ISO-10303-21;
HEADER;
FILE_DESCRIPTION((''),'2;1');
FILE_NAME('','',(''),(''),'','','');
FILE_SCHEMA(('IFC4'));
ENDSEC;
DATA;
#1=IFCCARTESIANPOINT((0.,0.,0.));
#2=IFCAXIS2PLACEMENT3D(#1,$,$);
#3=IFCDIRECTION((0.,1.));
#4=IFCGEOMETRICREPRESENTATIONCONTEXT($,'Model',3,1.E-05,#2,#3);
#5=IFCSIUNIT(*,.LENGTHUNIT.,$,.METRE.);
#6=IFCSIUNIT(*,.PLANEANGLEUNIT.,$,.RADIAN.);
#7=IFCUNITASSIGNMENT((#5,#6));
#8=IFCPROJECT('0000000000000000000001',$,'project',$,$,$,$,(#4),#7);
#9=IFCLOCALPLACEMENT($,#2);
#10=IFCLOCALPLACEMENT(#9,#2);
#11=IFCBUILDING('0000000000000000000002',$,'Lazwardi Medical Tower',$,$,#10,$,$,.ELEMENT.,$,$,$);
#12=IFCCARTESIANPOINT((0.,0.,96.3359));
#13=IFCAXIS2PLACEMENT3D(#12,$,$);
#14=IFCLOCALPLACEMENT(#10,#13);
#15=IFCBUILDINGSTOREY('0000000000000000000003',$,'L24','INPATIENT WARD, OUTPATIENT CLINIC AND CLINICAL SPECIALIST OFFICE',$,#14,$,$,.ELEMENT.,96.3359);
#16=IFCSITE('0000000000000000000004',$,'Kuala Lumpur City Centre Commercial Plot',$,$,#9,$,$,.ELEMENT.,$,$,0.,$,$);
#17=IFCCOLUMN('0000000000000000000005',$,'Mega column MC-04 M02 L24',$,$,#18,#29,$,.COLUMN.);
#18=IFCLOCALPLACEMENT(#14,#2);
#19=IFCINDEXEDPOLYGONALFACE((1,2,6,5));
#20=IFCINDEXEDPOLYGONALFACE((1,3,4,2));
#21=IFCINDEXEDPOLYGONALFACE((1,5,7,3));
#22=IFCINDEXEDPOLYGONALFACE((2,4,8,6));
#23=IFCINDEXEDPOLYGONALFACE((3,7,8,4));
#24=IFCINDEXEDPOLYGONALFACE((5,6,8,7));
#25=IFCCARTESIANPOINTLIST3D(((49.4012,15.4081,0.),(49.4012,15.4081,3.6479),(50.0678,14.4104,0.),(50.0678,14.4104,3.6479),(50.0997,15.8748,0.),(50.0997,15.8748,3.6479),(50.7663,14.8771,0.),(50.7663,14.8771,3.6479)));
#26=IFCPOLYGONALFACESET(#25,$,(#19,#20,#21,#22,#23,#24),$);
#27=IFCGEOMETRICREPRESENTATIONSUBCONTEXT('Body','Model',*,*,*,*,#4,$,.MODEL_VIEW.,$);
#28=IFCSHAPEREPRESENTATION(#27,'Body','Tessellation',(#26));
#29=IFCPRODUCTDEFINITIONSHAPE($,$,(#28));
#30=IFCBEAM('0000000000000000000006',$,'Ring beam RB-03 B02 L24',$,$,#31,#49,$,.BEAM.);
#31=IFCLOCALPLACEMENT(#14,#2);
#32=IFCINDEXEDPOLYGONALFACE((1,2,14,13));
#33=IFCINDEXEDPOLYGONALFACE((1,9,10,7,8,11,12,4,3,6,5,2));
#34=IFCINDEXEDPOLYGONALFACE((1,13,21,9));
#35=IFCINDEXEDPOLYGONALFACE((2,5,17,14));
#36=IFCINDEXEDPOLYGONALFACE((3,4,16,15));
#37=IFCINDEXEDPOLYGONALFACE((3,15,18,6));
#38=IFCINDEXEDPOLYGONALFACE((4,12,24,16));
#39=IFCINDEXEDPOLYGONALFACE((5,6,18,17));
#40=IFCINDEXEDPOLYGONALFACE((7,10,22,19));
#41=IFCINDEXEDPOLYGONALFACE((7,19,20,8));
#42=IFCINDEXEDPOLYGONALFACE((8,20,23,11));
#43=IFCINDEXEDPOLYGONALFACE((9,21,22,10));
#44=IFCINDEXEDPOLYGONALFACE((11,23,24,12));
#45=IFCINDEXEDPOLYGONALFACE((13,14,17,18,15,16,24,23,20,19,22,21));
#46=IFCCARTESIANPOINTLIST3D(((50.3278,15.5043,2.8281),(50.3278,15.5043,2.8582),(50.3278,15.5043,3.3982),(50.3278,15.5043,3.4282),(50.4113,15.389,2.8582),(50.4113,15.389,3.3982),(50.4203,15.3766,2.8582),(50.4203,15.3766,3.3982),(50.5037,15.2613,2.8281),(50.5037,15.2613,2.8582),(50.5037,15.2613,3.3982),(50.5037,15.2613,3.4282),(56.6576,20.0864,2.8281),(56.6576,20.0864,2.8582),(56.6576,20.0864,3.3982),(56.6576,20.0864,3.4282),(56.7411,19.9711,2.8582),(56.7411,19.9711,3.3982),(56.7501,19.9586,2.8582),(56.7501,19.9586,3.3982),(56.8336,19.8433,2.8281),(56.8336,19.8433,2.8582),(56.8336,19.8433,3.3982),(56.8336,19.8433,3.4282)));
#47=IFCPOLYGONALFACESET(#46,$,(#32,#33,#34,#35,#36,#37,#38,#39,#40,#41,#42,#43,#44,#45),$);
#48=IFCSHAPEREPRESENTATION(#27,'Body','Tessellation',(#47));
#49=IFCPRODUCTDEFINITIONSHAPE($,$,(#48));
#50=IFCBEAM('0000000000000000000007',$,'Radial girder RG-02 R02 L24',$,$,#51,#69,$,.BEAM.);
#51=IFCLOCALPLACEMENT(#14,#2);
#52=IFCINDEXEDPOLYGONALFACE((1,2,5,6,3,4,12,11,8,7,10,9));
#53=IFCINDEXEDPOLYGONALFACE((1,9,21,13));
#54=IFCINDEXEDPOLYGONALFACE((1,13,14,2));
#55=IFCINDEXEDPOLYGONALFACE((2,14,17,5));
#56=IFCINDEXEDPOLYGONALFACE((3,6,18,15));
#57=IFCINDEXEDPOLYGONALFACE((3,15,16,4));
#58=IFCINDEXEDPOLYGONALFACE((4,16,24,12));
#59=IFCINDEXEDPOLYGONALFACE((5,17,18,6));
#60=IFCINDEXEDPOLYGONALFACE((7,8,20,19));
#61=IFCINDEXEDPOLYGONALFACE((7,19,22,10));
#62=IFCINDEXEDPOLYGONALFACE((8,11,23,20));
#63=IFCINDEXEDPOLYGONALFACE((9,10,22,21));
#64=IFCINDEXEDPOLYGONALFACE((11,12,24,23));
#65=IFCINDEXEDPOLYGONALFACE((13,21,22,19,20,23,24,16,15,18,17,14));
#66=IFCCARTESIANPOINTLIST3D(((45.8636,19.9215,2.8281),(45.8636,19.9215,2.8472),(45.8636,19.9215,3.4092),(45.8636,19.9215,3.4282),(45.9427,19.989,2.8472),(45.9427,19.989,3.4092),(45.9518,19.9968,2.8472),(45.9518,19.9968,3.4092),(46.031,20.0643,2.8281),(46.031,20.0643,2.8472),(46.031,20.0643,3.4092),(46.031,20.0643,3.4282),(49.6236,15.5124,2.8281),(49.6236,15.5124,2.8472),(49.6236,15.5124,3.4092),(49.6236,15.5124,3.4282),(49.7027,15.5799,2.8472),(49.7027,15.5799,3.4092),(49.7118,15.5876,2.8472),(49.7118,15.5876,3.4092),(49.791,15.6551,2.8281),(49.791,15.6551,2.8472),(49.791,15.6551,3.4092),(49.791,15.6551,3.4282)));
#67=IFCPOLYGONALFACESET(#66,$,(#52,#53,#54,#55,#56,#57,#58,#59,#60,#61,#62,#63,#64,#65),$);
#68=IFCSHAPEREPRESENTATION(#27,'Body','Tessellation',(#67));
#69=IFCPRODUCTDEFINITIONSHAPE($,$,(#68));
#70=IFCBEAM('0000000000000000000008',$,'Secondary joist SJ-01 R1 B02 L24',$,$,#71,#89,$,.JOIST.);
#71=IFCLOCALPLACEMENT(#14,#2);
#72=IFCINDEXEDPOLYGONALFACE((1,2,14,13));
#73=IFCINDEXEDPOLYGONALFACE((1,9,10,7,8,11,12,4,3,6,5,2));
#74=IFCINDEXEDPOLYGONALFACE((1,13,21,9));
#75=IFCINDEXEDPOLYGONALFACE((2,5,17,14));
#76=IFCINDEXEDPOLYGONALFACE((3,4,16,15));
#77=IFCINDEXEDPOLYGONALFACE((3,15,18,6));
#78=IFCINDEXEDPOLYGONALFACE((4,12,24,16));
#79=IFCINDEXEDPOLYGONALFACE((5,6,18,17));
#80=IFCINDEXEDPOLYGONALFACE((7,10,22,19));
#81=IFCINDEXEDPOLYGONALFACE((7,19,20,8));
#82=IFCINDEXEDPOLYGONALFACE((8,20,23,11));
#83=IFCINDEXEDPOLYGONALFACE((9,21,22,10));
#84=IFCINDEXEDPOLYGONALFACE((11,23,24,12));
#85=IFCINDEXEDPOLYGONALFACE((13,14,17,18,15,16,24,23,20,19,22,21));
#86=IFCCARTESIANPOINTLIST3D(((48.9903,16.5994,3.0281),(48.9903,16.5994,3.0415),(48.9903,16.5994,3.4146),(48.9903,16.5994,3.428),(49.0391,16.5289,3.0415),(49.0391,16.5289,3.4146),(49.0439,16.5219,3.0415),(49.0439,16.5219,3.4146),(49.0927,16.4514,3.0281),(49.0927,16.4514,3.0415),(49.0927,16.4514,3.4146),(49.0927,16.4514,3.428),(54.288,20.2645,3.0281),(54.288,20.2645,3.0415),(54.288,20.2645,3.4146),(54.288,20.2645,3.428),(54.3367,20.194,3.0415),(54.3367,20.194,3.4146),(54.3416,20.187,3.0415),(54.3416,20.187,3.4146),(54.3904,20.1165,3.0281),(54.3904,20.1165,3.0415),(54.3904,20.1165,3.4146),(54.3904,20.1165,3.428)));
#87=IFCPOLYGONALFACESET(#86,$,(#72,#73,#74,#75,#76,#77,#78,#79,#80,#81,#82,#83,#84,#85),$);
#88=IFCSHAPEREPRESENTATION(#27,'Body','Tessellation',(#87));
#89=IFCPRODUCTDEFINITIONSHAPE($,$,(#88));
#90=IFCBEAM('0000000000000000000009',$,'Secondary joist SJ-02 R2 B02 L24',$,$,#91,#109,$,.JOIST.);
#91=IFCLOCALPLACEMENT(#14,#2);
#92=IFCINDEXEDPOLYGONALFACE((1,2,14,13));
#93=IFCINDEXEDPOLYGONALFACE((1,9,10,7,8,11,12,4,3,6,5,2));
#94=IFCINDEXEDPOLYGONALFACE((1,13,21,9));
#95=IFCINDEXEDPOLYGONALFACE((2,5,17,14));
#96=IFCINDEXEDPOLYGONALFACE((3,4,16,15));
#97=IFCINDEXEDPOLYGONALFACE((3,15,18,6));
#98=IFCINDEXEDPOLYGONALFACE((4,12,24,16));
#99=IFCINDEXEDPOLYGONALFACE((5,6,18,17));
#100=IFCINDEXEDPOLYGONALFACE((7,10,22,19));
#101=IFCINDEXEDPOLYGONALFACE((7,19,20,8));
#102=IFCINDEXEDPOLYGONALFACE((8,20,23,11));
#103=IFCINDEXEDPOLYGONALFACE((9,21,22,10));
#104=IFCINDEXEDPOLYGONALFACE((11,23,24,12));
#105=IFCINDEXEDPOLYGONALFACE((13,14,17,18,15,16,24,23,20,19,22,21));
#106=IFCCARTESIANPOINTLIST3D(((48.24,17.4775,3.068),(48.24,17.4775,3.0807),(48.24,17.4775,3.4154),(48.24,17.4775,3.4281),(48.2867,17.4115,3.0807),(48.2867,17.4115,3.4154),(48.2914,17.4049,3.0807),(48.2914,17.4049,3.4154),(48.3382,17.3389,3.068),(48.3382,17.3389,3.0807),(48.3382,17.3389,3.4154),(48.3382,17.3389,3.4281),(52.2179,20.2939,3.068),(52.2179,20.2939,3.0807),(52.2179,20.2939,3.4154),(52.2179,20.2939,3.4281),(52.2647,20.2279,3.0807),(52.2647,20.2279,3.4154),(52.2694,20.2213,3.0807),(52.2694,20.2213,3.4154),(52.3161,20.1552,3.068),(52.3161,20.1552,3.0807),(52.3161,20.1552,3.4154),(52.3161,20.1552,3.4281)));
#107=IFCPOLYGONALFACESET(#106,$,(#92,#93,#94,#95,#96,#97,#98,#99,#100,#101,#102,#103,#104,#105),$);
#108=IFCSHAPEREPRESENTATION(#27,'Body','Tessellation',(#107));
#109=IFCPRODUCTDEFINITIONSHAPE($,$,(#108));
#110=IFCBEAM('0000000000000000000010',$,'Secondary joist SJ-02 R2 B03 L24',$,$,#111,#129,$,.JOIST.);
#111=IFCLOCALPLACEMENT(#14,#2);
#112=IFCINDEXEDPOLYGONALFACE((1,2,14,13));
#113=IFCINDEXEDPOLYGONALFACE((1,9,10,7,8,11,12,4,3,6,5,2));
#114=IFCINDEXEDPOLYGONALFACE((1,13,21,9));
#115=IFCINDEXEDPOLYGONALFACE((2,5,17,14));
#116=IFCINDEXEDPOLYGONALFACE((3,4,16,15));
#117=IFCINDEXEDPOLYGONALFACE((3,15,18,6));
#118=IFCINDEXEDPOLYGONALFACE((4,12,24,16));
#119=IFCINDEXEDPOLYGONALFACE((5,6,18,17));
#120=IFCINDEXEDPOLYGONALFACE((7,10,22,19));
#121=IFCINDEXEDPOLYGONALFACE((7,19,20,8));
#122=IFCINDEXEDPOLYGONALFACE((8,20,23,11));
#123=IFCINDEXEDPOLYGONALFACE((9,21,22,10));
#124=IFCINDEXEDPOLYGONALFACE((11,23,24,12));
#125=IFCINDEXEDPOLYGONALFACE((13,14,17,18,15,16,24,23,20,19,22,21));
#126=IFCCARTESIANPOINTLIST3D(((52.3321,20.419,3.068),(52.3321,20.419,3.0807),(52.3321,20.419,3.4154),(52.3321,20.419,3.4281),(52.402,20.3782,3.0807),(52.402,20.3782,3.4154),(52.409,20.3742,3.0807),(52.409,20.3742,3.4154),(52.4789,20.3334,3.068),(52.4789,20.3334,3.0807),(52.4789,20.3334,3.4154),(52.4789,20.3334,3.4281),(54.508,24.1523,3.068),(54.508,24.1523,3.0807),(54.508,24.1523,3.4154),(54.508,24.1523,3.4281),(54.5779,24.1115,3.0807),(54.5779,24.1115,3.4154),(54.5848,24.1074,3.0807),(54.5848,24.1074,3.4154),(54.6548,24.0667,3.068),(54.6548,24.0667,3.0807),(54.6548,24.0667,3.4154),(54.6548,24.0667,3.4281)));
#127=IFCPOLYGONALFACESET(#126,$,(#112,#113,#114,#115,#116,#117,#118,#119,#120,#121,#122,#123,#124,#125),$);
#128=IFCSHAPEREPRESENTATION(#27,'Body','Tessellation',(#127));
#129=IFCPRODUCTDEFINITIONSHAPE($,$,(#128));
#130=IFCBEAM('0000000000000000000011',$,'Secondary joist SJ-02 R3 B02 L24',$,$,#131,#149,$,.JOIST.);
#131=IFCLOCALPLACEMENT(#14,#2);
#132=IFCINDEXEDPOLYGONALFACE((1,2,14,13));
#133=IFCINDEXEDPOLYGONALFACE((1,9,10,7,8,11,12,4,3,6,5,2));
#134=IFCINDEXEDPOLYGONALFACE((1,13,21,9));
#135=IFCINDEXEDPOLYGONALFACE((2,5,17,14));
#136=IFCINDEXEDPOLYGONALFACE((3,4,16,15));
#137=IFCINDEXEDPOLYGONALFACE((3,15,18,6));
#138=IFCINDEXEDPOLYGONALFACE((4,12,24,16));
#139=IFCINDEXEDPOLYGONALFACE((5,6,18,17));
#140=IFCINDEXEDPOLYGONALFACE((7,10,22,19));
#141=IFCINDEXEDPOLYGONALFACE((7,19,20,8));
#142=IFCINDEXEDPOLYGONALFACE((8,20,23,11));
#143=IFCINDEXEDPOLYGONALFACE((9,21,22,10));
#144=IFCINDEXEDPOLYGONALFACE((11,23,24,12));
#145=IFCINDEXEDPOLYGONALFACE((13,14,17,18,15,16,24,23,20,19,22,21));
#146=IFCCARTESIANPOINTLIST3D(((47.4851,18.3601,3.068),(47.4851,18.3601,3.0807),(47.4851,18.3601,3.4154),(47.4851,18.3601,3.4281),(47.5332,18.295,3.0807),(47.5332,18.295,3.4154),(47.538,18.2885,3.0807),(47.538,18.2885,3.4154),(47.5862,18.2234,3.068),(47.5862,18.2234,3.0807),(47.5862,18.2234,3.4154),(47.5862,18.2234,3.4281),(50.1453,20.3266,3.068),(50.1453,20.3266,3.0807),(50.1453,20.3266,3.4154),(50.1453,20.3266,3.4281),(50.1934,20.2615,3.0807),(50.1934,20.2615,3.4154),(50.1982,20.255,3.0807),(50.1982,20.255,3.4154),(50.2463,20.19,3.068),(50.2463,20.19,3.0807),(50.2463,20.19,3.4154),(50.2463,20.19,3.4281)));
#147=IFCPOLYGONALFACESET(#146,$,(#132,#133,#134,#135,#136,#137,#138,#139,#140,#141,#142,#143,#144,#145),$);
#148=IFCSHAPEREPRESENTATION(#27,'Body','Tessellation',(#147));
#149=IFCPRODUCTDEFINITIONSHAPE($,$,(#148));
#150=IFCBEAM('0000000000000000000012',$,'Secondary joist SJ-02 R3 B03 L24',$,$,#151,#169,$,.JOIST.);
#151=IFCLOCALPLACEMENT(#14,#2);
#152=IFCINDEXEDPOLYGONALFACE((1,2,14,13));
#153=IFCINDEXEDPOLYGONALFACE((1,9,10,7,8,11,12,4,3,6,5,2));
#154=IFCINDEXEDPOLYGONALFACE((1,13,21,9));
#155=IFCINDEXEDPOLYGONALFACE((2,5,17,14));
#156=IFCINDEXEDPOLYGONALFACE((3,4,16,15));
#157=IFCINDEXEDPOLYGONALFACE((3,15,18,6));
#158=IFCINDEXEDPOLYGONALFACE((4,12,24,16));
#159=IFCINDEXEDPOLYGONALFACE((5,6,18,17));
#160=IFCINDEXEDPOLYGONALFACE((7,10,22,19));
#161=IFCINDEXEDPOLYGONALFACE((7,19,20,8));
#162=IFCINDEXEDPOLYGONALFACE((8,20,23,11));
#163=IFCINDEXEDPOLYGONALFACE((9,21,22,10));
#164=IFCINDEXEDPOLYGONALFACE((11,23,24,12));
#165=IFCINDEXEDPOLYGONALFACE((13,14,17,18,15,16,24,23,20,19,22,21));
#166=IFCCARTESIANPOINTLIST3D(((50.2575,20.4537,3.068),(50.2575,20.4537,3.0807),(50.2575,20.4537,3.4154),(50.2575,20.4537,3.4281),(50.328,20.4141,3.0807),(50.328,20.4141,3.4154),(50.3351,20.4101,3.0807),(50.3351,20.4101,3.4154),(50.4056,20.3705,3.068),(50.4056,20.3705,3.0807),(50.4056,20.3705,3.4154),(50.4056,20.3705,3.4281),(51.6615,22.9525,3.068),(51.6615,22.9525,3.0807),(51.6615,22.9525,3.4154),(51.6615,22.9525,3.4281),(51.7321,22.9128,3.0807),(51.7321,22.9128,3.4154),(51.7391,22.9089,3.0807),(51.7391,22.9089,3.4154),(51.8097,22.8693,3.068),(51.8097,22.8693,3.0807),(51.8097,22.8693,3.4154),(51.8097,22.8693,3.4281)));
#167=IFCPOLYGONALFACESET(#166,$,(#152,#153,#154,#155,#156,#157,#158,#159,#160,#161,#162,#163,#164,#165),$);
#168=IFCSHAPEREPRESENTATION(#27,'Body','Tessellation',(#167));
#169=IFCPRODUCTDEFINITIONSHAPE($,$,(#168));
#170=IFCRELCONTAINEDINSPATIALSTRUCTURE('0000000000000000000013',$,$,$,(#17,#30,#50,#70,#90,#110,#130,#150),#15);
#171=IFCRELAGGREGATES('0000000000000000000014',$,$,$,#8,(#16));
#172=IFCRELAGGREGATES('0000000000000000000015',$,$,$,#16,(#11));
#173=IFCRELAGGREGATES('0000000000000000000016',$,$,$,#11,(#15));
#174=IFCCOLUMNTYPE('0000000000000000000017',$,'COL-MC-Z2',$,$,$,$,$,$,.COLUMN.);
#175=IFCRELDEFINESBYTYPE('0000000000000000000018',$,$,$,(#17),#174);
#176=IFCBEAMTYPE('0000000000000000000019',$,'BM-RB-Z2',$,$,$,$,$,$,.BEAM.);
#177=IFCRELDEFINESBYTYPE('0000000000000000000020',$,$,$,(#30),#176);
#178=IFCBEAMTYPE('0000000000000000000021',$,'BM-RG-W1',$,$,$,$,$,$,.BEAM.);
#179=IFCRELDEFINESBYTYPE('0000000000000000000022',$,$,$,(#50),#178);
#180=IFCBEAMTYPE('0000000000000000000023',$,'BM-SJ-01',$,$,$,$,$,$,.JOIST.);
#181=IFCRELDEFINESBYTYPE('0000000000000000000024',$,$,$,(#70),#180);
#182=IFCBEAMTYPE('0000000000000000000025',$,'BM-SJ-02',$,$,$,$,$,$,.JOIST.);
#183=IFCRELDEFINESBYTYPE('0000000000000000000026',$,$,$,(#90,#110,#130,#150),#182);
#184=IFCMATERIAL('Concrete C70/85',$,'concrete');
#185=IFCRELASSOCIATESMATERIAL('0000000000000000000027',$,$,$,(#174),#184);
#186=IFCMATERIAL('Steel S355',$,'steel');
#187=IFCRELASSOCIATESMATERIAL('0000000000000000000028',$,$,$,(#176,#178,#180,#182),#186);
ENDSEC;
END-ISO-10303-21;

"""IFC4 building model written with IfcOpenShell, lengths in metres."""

from ifc_helpers import new_model, si_unit, direction, frame, origin, origin_2d, place, context, subcontext, project, spatial, rectangle, i_section, extrude, material, material_profile, profile_set, type_object, element, save


model = new_model("IFC4")

# Units and contexts
model_context = context("Model", 3, precision=1e-05, world=origin(), true_north=direction((0.0, 1.0)))
body_context = subcontext(model_context, "Body", "Model", "MODEL_VIEW")
ifc_project = project(units=[si_unit("LENGTHUNIT", "METRE"), si_unit("PLANEANGLEUNIT", "RADIAN")], contexts=[model_context])

# Site, building, storey
site_placement = place(None, origin())
site = spatial("IfcSite", under=ifc_project, at=site_placement, Name="Kuala Lumpur City Centre Commercial Plot", CompositionType="ELEMENT", RefElevation=0.0)
building_placement = place(site_placement, origin())
building = spatial("IfcBuilding", under=site, at=building_placement, Name="Lazwardi Medical Tower", CompositionType="ELEMENT")
storey_placement = place(building_placement, frame((0.0, 0.0, 96.3359)))
storey = spatial("IfcBuildingStorey", under=building, at=storey_placement, Name="L24", Description="INPATIENT WARD, OUTPATIENT CLINIC AND CLINICAL SPECIALIST OFFICE", CompositionType="ELEMENT", Elevation=96.3359)

# Column
ifc_material_1 = material(Name="Concrete C70/85", Category="concrete")
ifc_material_profile_1 = material_profile(ifc_material_1, rectangle(XDim=1.2, YDim=0.8401, at=origin_2d()), Name="CFT-RECT 1200x840")
ifc_profile_set_1 = profile_set([ifc_material_profile_1], Name="Concrete C70/85")
column_type = type_object("IfcColumnType", Name="COL-MC-Z2", PredefinedType="COLUMN", material=ifc_profile_set_1)
column_placement = place(storey_placement, frame((50.0837, 15.1426, 0.0), z_axis=(0.0, 0.0, 1.0), x_axis=(0.55557, -0.83147, 0.0)))
element("IfcColumn", 1, at=column_placement, inside=storey, type_object=column_type, Name="Mega column MC-04 M02 L24", PredefinedType="COLUMN", context=body_context, shape_type="SweptSolid", body=[
    extrude(rectangle(XDim=1.2, YDim=0.8401, at=origin_2d()), origin(), (0.0, 0.0, 1.0), 3.6479),
])

# Beams
ifc_material_2 = material(Name="Steel S355", Category="steel")
ifc_material_profile_2 = material_profile(ifc_material_2, i_section(OverallWidth=0.3, OverallDepth=0.6001, WebThickness=0.0154, FlangeThickness=0.03, at=origin_2d()), Name="HEB 600")
ifc_profile_set_2 = profile_set([ifc_material_profile_2], Name="Steel S355")
beam_type_1 = type_object("IfcBeamType", Name="BM-RB-Z2", PredefinedType="BEAM", material=ifc_profile_set_2)
beam_1_placement = place(storey_placement, frame((50.4158, 15.3828, 3.1282), z_axis=(0.810042, 0.586372, 0.0), x_axis=(-0.586372, 0.810042, 0.0)))
element("IfcBeam", 2, at=beam_1_placement, inside=storey, type_object=beam_type_1, Name="Ring beam RB-03 B02 L24", PredefinedType="BEAM", context=body_context, shape_type="SweptSolid", body=[
    extrude(i_section(OverallWidth=0.3, OverallDepth=0.6001, WebThickness=0.0154, FlangeThickness=0.03, at=origin_2d()), origin(), (0.0, 0.0, 1.0), 7.8142),
])
ifc_material_profile_3 = material_profile(ifc_material_2, i_section(OverallWidth=0.22, OverallDepth=0.6001, WebThickness=0.012, FlangeThickness=0.019, at=origin_2d()), Name="IPE 600")
ifc_profile_set_3 = profile_set([ifc_material_profile_3], Name="Steel S355")
beam_type_2 = type_object("IfcBeamType", Name="BM-RG-W1", PredefinedType="BEAM", material=ifc_profile_set_3)
beam_2_placement = place(storey_placement, frame((49.7073, 15.5837, 3.1282), z_axis=(-0.648871, 0.760899, 0.0), x_axis=(-0.760899, -0.648871, 0.0)))
element("IfcBeam", 3, at=beam_2_placement, inside=storey, type_object=beam_type_2, Name="Radial girder RG-02 R02 L24", PredefinedType="BEAM", context=body_context, shape_type="SweptSolid", body=[
    extrude(i_section(OverallWidth=0.22, OverallDepth=0.6001, WebThickness=0.012, FlangeThickness=0.019, at=origin_2d()), origin(), (0.0, 0.0, 1.0), 5.7947),
])
ifc_material_profile_4 = material_profile(ifc_material_2, i_section(OverallWidth=0.1799, OverallDepth=0.3999, WebThickness=0.0085, FlangeThickness=0.0134, at=origin_2d()), Name="IPE 400")
ifc_profile_set_4 = profile_set([ifc_material_profile_4], Name="Steel S355")
beam_type_3 = type_object("IfcBeamType", Name="BM-SJ-01", PredefinedType="JOIST", material=ifc_profile_set_4)
beam_3_placement = place(storey_placement, frame((49.0415, 16.5254, 3.228), z_axis=(0.822376, 0.568944, 0.0), x_axis=(-0.568944, 0.822376, 0.0)))
element("IfcBeam", 4, at=beam_3_placement, inside=storey, type_object=beam_type_3, Name="Secondary joist SJ-01 R1 B02 L24", PredefinedType="JOIST", context=body_context, shape_type="SweptSolid", body=[
    extrude(i_section(OverallWidth=0.1799, OverallDepth=0.3999, WebThickness=0.0085, FlangeThickness=0.0134, at=origin_2d()), origin(), (0.0, 0.0, 1.0), 6.4419),
])
ifc_material_profile_5 = material_profile(ifc_material_2, i_section(OverallWidth=0.1699, OverallDepth=0.3601, WebThickness=0.0081, FlangeThickness=0.0127, at=origin_2d()), Name="IPE 360")
ifc_profile_set_5 = profile_set([ifc_material_profile_5], Name="Steel S355")
beam_type_4 = type_object("IfcBeamType", Name="BM-SJ-02", PredefinedType="JOIST", material=ifc_profile_set_5)
beam_4_placement = place(storey_placement, frame((48.2891, 17.4082, 3.248), z_axis=(0.816156, 0.577831, 0.0), x_axis=(-0.577831, 0.816156, 0.0)))
element("IfcBeam", 5, at=beam_4_placement, inside=storey, type_object=beam_type_4, Name="Secondary joist SJ-02 R2 B02 L24", PredefinedType="JOIST", context=body_context, shape_type="SweptSolid", body=[
    extrude(i_section(OverallWidth=0.1699, OverallDepth=0.3601, WebThickness=0.0081, FlangeThickness=0.0127, at=origin_2d()), origin(), (0.0, 0.0, 1.0), 4.874),
])
beam_5_placement = place(storey_placement, frame((52.4055, 20.3762, 3.248), z_axis=(0.503544, 0.863969, 0.0), x_axis=(-0.863969, 0.503544, 0.0)))
element("IfcBeam", 6, at=beam_5_placement, inside=storey, type_object=beam_type_4, Name="Secondary joist SJ-02 R2 B03 L24", PredefinedType="JOIST", context=body_context, shape_type="SweptSolid", body=[
    extrude(i_section(OverallWidth=0.1699, OverallDepth=0.3601, WebThickness=0.0081, FlangeThickness=0.0127, at=origin_2d()), origin(), (0.0, 0.0, 1.0), 4.321),
])
beam_6_placement = place(storey_placement, frame((47.5356, 18.2917, 3.248), z_axis=(0.804126, 0.59446, 0.0), x_axis=(-0.59446, 0.804126, 0.0)))
element("IfcBeam", 7, at=beam_6_placement, inside=storey, type_object=beam_type_4, Name="Secondary joist SJ-02 R3 B02 L24", PredefinedType="JOIST", context=body_context, shape_type="SweptSolid", body=[
    extrude(i_section(OverallWidth=0.1699, OverallDepth=0.3601, WebThickness=0.0081, FlangeThickness=0.0127, at=origin_2d()), origin(), (0.0, 0.0, 1.0), 3.3081),
])
beam_7_placement = place(storey_placement, frame((50.3315, 20.4121, 3.248), z_axis=(0.489861, 0.871801, 0.0), x_axis=(-0.871801, 0.489861, 0.0)))
element("IfcBeam", 8, at=beam_7_placement, inside=storey, type_object=beam_type_4, Name="Secondary joist SJ-02 R3 B03 L24", PredefinedType="JOIST", context=body_context, shape_type="SweptSolid", body=[
    extrude(i_section(OverallWidth=0.1699, OverallDepth=0.3601, WebThickness=0.0081, FlangeThickness=0.0127, at=origin_2d()), origin(), (0.0, 0.0, 1.0), 2.8662),
])

save(model, "model.ifc")
